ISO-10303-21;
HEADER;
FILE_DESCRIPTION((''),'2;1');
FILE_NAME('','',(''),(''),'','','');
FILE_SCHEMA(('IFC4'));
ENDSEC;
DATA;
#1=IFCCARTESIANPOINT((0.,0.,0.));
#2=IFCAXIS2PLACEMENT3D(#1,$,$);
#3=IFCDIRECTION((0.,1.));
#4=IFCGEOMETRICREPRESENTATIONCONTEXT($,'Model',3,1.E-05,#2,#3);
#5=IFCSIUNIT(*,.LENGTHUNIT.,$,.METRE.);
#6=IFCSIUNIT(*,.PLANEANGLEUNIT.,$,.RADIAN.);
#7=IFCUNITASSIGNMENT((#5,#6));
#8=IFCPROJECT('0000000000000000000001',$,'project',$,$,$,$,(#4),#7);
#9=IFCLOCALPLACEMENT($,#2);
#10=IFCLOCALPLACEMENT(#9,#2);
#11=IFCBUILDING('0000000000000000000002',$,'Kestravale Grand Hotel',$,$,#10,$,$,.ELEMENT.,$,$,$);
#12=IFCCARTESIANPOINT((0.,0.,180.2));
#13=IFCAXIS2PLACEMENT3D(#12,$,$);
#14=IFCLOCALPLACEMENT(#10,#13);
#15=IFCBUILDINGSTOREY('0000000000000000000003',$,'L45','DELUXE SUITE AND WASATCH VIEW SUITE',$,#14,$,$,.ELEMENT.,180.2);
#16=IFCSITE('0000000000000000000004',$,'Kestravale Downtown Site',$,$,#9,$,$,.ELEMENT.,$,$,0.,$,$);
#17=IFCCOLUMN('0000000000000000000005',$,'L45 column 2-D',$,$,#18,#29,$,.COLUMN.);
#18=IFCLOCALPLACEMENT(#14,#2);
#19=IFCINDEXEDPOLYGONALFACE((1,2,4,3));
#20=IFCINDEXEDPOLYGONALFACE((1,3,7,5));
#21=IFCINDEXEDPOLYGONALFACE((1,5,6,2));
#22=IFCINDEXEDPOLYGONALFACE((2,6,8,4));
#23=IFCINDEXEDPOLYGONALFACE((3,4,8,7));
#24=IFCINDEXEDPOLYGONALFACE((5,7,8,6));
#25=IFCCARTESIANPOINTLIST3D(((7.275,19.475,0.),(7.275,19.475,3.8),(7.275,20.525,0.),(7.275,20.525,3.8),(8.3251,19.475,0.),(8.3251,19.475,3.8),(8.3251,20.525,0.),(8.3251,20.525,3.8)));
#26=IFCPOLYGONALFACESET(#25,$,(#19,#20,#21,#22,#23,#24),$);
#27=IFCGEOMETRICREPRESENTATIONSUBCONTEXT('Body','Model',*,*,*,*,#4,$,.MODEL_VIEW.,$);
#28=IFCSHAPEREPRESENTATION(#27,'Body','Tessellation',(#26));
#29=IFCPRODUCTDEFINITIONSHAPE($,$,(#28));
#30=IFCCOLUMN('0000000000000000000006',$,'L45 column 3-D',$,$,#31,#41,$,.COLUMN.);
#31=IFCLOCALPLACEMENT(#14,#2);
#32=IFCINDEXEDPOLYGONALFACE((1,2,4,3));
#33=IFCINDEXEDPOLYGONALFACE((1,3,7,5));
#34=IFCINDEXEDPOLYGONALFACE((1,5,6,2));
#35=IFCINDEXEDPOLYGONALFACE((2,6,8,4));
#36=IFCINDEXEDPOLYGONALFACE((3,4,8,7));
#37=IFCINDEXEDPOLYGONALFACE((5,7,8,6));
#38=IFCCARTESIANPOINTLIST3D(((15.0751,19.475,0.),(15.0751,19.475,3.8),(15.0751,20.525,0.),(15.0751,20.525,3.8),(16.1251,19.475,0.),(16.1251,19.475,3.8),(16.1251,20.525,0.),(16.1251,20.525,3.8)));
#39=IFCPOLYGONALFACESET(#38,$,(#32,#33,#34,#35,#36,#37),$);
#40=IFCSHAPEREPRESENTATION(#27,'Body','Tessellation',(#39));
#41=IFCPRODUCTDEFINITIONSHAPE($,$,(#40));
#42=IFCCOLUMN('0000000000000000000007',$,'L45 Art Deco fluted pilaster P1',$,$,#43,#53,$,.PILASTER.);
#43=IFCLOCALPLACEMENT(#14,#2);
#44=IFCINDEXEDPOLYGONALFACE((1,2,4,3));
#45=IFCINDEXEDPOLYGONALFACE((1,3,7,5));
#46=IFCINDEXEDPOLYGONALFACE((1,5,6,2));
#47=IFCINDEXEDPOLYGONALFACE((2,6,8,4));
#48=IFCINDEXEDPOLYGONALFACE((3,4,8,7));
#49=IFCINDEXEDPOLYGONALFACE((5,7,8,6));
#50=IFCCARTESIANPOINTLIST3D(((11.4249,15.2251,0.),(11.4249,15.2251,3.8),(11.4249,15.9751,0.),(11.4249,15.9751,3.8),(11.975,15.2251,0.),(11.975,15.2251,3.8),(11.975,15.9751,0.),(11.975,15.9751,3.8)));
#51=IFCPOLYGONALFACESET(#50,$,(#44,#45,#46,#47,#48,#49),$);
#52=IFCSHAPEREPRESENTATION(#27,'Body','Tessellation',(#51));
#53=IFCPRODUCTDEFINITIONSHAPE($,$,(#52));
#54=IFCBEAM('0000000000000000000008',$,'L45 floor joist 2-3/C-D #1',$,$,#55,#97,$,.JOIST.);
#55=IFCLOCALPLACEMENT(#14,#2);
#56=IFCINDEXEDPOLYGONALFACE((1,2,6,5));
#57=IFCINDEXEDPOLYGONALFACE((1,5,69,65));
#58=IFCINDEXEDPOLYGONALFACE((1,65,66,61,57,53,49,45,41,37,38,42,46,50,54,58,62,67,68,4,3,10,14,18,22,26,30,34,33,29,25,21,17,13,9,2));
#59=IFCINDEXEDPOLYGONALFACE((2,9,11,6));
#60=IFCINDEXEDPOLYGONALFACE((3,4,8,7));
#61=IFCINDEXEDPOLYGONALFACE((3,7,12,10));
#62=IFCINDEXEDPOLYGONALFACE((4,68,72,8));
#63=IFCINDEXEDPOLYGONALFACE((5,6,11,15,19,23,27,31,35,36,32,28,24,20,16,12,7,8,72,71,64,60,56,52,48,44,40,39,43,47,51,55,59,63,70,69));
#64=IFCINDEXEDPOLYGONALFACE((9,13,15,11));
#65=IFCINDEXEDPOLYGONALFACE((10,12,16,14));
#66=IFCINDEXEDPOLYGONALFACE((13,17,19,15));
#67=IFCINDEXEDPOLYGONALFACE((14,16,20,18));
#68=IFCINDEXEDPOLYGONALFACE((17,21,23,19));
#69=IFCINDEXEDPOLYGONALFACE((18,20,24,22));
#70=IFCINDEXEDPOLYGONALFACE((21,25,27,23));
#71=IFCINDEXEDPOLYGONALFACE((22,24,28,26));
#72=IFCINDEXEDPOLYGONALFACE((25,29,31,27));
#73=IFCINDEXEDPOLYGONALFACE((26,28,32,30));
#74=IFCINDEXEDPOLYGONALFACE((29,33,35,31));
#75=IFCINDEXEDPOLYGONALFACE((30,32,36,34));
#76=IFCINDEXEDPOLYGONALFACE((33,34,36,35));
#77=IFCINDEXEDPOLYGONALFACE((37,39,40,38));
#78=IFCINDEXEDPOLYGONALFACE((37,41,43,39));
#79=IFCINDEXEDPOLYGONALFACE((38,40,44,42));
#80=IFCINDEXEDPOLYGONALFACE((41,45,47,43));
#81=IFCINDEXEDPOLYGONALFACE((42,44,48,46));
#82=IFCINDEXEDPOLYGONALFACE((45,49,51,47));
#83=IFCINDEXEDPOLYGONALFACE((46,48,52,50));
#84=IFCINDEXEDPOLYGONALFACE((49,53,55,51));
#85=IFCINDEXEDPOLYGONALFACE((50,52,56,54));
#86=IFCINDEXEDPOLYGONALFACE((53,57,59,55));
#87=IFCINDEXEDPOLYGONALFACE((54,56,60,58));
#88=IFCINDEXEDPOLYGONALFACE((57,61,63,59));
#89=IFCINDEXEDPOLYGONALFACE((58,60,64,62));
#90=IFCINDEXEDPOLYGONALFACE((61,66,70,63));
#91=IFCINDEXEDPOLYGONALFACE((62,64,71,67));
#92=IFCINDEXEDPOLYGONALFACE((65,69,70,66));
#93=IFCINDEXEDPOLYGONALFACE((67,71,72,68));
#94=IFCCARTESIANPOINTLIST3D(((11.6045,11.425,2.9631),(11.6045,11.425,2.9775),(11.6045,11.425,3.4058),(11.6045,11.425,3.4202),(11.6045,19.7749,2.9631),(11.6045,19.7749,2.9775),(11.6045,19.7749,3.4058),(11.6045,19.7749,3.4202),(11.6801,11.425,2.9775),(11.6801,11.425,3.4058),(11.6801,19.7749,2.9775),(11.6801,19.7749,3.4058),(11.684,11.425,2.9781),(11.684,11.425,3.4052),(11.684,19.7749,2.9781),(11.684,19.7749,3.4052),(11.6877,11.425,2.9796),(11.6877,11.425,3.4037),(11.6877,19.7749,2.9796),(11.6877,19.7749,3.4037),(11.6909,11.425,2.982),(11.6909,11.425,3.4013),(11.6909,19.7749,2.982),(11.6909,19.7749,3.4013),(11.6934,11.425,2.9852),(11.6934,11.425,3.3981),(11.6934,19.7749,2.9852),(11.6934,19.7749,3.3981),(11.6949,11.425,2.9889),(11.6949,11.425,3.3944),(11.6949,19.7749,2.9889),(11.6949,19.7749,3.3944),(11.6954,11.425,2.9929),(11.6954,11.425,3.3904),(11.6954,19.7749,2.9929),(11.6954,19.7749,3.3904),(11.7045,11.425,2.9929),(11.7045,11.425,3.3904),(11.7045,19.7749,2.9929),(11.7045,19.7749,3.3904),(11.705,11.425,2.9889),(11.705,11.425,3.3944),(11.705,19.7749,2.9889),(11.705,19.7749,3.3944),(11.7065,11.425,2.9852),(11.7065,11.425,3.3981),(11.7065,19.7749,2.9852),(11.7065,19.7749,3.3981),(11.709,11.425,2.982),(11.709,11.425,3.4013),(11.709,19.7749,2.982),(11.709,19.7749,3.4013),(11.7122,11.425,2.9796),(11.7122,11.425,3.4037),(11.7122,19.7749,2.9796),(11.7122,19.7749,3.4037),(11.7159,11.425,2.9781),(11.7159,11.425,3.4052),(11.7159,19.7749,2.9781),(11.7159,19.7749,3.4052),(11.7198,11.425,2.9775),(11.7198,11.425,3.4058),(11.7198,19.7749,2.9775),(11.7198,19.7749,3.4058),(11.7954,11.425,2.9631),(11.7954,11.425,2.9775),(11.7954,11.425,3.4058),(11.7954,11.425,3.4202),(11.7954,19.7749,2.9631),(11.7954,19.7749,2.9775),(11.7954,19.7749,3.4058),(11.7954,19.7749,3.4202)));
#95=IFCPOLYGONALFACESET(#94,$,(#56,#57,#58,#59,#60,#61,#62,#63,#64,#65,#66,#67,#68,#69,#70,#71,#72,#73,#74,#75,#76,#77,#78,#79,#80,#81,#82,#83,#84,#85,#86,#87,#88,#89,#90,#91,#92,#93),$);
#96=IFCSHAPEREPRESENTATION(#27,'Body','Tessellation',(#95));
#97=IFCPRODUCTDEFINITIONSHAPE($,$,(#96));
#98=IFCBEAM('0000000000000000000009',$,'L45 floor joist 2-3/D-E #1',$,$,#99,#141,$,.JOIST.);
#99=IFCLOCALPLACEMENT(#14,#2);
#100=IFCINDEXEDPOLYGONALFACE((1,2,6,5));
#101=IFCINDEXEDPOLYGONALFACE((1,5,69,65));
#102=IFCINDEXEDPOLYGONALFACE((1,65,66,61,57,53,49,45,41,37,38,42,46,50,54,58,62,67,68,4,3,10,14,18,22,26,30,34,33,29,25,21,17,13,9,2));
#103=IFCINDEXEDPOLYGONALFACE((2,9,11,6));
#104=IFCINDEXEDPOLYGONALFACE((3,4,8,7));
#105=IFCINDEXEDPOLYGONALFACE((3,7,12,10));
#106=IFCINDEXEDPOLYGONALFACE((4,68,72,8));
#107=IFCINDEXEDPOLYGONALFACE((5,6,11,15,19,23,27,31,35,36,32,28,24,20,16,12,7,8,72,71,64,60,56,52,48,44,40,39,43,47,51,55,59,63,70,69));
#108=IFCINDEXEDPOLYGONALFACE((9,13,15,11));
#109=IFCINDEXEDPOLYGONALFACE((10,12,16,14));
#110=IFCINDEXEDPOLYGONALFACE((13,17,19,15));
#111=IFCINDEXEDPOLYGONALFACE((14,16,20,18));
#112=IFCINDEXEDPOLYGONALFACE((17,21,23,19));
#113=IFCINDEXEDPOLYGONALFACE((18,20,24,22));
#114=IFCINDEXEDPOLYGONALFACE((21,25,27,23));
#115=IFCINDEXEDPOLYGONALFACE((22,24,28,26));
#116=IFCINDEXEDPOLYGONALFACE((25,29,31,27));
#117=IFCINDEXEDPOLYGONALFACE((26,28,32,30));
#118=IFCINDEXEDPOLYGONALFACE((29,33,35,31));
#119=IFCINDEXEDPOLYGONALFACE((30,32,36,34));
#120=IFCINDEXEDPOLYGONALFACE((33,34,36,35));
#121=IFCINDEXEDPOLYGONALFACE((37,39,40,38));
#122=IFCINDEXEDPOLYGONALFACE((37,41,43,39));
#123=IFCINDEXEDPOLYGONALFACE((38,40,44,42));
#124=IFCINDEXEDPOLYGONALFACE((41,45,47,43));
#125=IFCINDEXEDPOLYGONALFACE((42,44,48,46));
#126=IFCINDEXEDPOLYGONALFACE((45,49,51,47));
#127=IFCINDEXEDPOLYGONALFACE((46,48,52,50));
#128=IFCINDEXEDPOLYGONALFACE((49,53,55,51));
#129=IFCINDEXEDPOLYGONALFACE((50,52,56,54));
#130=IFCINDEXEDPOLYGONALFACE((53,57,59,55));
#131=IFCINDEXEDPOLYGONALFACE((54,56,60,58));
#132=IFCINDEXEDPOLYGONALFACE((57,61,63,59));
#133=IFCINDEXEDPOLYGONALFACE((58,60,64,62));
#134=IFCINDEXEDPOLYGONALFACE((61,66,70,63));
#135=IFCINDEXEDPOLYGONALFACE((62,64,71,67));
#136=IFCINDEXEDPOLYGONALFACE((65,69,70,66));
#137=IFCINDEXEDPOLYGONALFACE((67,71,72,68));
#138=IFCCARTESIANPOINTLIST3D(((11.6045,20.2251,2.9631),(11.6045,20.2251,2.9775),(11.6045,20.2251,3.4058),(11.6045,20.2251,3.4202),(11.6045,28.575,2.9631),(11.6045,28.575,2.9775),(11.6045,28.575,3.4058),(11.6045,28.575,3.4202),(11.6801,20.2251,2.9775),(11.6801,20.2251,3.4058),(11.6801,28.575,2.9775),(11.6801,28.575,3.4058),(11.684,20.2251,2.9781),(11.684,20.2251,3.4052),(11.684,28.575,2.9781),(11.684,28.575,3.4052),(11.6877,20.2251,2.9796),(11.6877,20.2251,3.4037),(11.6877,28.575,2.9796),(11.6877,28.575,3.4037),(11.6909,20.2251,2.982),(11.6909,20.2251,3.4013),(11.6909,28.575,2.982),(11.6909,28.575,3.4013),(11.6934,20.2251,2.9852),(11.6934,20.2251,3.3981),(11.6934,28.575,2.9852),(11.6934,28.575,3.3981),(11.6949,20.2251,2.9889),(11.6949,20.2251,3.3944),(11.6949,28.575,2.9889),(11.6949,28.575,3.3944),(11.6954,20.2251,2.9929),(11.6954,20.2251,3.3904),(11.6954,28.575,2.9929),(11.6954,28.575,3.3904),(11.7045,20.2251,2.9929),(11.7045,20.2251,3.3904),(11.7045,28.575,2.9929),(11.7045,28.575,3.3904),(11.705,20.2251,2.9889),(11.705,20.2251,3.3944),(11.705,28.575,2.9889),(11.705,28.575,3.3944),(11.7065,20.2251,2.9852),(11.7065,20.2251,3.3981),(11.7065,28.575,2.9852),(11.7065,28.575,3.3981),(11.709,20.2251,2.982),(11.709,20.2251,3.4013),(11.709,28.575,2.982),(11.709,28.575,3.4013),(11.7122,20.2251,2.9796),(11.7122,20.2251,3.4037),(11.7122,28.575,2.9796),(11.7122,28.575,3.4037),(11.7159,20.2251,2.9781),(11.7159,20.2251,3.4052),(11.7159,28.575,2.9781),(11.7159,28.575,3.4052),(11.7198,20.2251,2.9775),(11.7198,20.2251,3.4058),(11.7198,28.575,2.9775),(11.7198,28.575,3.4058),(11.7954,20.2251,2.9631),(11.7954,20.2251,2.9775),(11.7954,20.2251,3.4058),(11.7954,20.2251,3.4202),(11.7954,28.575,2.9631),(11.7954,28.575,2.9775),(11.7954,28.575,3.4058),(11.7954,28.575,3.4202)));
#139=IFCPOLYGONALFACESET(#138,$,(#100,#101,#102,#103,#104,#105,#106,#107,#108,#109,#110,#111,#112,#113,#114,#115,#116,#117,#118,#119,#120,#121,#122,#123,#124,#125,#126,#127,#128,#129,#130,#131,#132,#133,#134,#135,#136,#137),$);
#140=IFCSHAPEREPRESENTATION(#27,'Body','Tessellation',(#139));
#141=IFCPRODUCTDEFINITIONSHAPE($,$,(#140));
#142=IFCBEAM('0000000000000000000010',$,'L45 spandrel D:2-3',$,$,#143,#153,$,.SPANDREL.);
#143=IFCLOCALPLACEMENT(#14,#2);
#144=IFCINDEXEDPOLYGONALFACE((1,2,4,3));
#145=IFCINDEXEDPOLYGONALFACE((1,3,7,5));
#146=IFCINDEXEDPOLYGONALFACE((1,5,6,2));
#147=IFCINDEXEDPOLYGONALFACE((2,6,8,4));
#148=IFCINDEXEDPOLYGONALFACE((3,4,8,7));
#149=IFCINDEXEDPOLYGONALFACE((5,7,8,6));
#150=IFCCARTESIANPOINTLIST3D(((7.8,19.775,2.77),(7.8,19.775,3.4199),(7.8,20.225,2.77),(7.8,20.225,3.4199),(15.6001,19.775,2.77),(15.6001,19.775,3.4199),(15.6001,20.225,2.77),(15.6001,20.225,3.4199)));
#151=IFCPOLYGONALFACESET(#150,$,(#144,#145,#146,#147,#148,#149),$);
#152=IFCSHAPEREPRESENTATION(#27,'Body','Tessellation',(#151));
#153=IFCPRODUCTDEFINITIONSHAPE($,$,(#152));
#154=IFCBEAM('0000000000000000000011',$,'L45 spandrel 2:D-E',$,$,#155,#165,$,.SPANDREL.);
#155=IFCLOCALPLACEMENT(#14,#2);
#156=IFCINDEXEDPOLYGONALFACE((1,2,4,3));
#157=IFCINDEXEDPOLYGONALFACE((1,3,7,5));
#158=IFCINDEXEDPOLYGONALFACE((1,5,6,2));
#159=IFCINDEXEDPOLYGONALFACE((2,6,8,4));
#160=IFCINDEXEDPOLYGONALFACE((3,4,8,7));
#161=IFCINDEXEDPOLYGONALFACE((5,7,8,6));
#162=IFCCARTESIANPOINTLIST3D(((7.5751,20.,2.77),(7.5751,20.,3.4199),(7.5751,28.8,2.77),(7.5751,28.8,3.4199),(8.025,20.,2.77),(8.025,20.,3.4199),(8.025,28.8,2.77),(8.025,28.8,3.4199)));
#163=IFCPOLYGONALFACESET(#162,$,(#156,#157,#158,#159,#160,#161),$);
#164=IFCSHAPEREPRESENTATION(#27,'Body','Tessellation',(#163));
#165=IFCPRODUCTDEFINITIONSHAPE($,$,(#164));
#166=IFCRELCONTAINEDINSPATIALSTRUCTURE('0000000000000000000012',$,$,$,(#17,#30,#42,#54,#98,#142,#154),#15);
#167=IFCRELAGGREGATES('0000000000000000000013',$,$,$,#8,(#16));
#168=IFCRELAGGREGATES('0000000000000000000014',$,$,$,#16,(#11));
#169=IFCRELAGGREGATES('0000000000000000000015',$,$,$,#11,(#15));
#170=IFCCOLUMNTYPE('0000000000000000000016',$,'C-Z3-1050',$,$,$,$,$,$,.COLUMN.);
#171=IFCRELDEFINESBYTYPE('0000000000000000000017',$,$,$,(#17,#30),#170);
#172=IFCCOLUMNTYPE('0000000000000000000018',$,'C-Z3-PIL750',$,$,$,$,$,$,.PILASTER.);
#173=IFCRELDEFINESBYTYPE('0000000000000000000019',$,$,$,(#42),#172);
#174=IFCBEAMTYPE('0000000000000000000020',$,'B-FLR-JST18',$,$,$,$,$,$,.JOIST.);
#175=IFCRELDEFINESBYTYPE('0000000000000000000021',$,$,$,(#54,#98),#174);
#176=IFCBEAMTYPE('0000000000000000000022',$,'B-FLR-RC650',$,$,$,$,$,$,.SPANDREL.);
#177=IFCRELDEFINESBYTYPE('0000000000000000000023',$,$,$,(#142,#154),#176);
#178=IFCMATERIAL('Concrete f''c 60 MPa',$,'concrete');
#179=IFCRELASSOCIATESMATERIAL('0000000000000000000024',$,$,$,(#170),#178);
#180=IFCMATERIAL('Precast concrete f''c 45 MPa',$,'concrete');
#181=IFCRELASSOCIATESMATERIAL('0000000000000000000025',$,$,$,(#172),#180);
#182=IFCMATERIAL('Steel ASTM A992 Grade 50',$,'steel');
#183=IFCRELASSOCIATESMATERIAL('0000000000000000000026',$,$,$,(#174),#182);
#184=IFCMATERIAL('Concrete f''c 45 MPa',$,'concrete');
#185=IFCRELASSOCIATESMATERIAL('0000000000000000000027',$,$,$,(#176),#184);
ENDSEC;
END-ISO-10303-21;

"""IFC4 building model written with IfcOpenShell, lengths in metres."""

from ifc_helpers import new_model, si_unit, direction, frame, origin, origin_2d, place, context, subcontext, project, spatial, rectangle, i_section, extrude, material, material_profile, profile_set, type_object, element, save


model = new_model("IFC4")

# Units and contexts
model_context = context("Model", 3, precision=1e-05, world=origin(), true_north=direction((0.0, 1.0)))
body_context = subcontext(model_context, "Body", "Model", "MODEL_VIEW")
ifc_project = project(units=[si_unit("LENGTHUNIT", "METRE"), si_unit("PLANEANGLEUNIT", "RADIAN")], contexts=[model_context])

# Site, building, storey
site_placement = place(None, origin())
site = spatial("IfcSite", under=ifc_project, at=site_placement, Name="Kestravale Downtown Site", CompositionType="ELEMENT", RefElevation=0.0)
building_placement = place(site_placement, origin())
building = spatial("IfcBuilding", under=site, at=building_placement, Name="Kestravale Grand Hotel", CompositionType="ELEMENT")
storey_placement = place(building_placement, frame((0.0, 0.0, 180.2)))
storey = spatial("IfcBuildingStorey", under=building, at=storey_placement, Name="L45", Description="DELUXE SUITE AND WASATCH VIEW SUITE", CompositionType="ELEMENT", Elevation=180.2)

# Columns
ifc_material_1 = material(Name="Concrete f'c 60 MPa", Category="concrete")
ifc_material_profile_1 = material_profile(ifc_material_1, rectangle(XDim=1.05, YDim=1.05, at=origin_2d()))
ifc_profile_set_1 = profile_set([ifc_material_profile_1], Name="Concrete f'c 60 MPa")
column_type_1 = type_object("IfcColumnType", Name="C-Z3-1050", PredefinedType="COLUMN", material=ifc_profile_set_1)
for number, where, z_axis, x_axis, name in (
    (1, (7.8, 20.0, 0.0), (0.0, 0.0, 1.0), (1.0, 0.0, 0.0), "L45 column 2-D"),
    (2, (15.6001, 20.0, 0.0), (0.0, 0.0, 1.0), (1.0, 0.0, 0.0), "L45 column 3-D"),
):
    element("IfcColumn", number, at=place(storey_placement, frame(where, z_axis=z_axis, x_axis=x_axis)), inside=storey, type_object=column_type_1, Name=name, PredefinedType="COLUMN", context=body_context, shape_type="SweptSolid", body=[
        extrude(rectangle(XDim=1.05, YDim=1.05, at=origin_2d()), origin(), (0.0, 0.0, 1.0), 3.8),
    ])
ifc_material_2 = material(Name="Precast concrete f'c 45 MPa", Category="concrete")
ifc_material_profile_2 = material_profile(ifc_material_2, rectangle(XDim=0.55, YDim=0.75, at=origin_2d()))
ifc_profile_set_2 = profile_set([ifc_material_profile_2], Name="Precast concrete f'c 45 MPa")
column_type_2 = type_object("IfcColumnType", Name="C-Z3-PIL750", PredefinedType="PILASTER", material=ifc_profile_set_2)
column_placement = place(storey_placement, frame((11.7, 15.6001, 0.0), z_axis=(0.0, 0.0, 1.0), x_axis=(1.0, 0.0, 0.0)))
element("IfcColumn", 3, at=column_placement, inside=storey, type_object=column_type_2, Name="L45 Art Deco fluted pilaster P1", PredefinedType="PILASTER", context=body_context, shape_type="SweptSolid", body=[
    extrude(rectangle(XDim=0.55, YDim=0.75, at=origin_2d()), origin(), (0.0, 0.0, 1.0), 3.8),
])

# Beams
ifc_material_3 = material(Name="Steel ASTM A992 Grade 50", Category="steel")
ifc_material_profile_3 = material_profile(ifc_material_3, i_section(OverallWidth=0.1909, OverallDepth=0.457, WebThickness=0.009, FlangeThickness=0.0144, FilletRadius=0.0154, at=origin_2d()))
ifc_profile_set_3 = profile_set([ifc_material_profile_3], Name="Steel ASTM A992 Grade 50")
beam_type_1 = type_object("IfcBeamType", Name="B-FLR-JST18", PredefinedType="JOIST", material=ifc_profile_set_3)
for number, where, z_axis, x_axis, name in (
    (4, (11.7, 11.425, 3.1917), (0.0, 1.0, 0.0), (-1.0, 0.0, 0.0), "L45 floor joist 2-3/C-D #1"),
    (5, (11.7, 20.2251, 3.1917), (0.0, 1.0, 0.0), (-1.0, 0.0, 0.0), "L45 floor joist 2-3/D-E #1"),
):
    element("IfcBeam", number, at=place(storey_placement, frame(where, z_axis=z_axis, x_axis=x_axis)), inside=storey, type_object=beam_type_1, Name=name, PredefinedType="JOIST", context=body_context, shape_type="SweptSolid", body=[
        extrude(i_section(OverallWidth=0.1909, OverallDepth=0.457, WebThickness=0.009, FlangeThickness=0.0144, FilletRadius=0.0154, at=origin_2d()), origin(), (0.0, 0.0, 1.0), 8.3499),
    ])
ifc_material_4 = material(Name="Concrete f'c 45 MPa", Category="concrete")
ifc_material_profile_4 = material_profile(ifc_material_4, rectangle(XDim=0.45, YDim=0.6499, at=origin_2d()))
ifc_profile_set_4 = profile_set([ifc_material_profile_4], Name="Concrete f'c 45 MPa")
beam_type_2 = type_object("IfcBeamType", Name="B-FLR-RC650", PredefinedType="SPANDREL", material=ifc_profile_set_4)
beam_1_placement = place(storey_placement, frame((7.8, 20.0, 3.095), z_axis=(1.0, 0.0, 0.0), x_axis=(0.0, 1.0, 0.0)))
element("IfcBeam", 6, at=beam_1_placement, inside=storey, type_object=beam_type_2, Name="L45 spandrel D:2-3", PredefinedType="SPANDREL", context=body_context, shape_type="SweptSolid", body=[
    extrude(rectangle(XDim=0.45, YDim=0.6499, at=origin_2d()), origin(), (0.0, 0.0, 1.0), 7.8),
])
beam_2_placement = place(storey_placement, frame((7.8, 20.0, 3.095), z_axis=(0.0, 1.0, 0.0), x_axis=(-1.0, 0.0, 0.0)))
element("IfcBeam", 7, at=beam_2_placement, inside=storey, type_object=beam_type_2, Name="L45 spandrel 2:D-E", PredefinedType="SPANDREL", context=body_context, shape_type="SweptSolid", body=[
    extrude(rectangle(XDim=0.45, YDim=0.6499, at=origin_2d()), origin(), (0.0, 0.0, 1.0), 8.8),
])

save(model, "model.ifc")
